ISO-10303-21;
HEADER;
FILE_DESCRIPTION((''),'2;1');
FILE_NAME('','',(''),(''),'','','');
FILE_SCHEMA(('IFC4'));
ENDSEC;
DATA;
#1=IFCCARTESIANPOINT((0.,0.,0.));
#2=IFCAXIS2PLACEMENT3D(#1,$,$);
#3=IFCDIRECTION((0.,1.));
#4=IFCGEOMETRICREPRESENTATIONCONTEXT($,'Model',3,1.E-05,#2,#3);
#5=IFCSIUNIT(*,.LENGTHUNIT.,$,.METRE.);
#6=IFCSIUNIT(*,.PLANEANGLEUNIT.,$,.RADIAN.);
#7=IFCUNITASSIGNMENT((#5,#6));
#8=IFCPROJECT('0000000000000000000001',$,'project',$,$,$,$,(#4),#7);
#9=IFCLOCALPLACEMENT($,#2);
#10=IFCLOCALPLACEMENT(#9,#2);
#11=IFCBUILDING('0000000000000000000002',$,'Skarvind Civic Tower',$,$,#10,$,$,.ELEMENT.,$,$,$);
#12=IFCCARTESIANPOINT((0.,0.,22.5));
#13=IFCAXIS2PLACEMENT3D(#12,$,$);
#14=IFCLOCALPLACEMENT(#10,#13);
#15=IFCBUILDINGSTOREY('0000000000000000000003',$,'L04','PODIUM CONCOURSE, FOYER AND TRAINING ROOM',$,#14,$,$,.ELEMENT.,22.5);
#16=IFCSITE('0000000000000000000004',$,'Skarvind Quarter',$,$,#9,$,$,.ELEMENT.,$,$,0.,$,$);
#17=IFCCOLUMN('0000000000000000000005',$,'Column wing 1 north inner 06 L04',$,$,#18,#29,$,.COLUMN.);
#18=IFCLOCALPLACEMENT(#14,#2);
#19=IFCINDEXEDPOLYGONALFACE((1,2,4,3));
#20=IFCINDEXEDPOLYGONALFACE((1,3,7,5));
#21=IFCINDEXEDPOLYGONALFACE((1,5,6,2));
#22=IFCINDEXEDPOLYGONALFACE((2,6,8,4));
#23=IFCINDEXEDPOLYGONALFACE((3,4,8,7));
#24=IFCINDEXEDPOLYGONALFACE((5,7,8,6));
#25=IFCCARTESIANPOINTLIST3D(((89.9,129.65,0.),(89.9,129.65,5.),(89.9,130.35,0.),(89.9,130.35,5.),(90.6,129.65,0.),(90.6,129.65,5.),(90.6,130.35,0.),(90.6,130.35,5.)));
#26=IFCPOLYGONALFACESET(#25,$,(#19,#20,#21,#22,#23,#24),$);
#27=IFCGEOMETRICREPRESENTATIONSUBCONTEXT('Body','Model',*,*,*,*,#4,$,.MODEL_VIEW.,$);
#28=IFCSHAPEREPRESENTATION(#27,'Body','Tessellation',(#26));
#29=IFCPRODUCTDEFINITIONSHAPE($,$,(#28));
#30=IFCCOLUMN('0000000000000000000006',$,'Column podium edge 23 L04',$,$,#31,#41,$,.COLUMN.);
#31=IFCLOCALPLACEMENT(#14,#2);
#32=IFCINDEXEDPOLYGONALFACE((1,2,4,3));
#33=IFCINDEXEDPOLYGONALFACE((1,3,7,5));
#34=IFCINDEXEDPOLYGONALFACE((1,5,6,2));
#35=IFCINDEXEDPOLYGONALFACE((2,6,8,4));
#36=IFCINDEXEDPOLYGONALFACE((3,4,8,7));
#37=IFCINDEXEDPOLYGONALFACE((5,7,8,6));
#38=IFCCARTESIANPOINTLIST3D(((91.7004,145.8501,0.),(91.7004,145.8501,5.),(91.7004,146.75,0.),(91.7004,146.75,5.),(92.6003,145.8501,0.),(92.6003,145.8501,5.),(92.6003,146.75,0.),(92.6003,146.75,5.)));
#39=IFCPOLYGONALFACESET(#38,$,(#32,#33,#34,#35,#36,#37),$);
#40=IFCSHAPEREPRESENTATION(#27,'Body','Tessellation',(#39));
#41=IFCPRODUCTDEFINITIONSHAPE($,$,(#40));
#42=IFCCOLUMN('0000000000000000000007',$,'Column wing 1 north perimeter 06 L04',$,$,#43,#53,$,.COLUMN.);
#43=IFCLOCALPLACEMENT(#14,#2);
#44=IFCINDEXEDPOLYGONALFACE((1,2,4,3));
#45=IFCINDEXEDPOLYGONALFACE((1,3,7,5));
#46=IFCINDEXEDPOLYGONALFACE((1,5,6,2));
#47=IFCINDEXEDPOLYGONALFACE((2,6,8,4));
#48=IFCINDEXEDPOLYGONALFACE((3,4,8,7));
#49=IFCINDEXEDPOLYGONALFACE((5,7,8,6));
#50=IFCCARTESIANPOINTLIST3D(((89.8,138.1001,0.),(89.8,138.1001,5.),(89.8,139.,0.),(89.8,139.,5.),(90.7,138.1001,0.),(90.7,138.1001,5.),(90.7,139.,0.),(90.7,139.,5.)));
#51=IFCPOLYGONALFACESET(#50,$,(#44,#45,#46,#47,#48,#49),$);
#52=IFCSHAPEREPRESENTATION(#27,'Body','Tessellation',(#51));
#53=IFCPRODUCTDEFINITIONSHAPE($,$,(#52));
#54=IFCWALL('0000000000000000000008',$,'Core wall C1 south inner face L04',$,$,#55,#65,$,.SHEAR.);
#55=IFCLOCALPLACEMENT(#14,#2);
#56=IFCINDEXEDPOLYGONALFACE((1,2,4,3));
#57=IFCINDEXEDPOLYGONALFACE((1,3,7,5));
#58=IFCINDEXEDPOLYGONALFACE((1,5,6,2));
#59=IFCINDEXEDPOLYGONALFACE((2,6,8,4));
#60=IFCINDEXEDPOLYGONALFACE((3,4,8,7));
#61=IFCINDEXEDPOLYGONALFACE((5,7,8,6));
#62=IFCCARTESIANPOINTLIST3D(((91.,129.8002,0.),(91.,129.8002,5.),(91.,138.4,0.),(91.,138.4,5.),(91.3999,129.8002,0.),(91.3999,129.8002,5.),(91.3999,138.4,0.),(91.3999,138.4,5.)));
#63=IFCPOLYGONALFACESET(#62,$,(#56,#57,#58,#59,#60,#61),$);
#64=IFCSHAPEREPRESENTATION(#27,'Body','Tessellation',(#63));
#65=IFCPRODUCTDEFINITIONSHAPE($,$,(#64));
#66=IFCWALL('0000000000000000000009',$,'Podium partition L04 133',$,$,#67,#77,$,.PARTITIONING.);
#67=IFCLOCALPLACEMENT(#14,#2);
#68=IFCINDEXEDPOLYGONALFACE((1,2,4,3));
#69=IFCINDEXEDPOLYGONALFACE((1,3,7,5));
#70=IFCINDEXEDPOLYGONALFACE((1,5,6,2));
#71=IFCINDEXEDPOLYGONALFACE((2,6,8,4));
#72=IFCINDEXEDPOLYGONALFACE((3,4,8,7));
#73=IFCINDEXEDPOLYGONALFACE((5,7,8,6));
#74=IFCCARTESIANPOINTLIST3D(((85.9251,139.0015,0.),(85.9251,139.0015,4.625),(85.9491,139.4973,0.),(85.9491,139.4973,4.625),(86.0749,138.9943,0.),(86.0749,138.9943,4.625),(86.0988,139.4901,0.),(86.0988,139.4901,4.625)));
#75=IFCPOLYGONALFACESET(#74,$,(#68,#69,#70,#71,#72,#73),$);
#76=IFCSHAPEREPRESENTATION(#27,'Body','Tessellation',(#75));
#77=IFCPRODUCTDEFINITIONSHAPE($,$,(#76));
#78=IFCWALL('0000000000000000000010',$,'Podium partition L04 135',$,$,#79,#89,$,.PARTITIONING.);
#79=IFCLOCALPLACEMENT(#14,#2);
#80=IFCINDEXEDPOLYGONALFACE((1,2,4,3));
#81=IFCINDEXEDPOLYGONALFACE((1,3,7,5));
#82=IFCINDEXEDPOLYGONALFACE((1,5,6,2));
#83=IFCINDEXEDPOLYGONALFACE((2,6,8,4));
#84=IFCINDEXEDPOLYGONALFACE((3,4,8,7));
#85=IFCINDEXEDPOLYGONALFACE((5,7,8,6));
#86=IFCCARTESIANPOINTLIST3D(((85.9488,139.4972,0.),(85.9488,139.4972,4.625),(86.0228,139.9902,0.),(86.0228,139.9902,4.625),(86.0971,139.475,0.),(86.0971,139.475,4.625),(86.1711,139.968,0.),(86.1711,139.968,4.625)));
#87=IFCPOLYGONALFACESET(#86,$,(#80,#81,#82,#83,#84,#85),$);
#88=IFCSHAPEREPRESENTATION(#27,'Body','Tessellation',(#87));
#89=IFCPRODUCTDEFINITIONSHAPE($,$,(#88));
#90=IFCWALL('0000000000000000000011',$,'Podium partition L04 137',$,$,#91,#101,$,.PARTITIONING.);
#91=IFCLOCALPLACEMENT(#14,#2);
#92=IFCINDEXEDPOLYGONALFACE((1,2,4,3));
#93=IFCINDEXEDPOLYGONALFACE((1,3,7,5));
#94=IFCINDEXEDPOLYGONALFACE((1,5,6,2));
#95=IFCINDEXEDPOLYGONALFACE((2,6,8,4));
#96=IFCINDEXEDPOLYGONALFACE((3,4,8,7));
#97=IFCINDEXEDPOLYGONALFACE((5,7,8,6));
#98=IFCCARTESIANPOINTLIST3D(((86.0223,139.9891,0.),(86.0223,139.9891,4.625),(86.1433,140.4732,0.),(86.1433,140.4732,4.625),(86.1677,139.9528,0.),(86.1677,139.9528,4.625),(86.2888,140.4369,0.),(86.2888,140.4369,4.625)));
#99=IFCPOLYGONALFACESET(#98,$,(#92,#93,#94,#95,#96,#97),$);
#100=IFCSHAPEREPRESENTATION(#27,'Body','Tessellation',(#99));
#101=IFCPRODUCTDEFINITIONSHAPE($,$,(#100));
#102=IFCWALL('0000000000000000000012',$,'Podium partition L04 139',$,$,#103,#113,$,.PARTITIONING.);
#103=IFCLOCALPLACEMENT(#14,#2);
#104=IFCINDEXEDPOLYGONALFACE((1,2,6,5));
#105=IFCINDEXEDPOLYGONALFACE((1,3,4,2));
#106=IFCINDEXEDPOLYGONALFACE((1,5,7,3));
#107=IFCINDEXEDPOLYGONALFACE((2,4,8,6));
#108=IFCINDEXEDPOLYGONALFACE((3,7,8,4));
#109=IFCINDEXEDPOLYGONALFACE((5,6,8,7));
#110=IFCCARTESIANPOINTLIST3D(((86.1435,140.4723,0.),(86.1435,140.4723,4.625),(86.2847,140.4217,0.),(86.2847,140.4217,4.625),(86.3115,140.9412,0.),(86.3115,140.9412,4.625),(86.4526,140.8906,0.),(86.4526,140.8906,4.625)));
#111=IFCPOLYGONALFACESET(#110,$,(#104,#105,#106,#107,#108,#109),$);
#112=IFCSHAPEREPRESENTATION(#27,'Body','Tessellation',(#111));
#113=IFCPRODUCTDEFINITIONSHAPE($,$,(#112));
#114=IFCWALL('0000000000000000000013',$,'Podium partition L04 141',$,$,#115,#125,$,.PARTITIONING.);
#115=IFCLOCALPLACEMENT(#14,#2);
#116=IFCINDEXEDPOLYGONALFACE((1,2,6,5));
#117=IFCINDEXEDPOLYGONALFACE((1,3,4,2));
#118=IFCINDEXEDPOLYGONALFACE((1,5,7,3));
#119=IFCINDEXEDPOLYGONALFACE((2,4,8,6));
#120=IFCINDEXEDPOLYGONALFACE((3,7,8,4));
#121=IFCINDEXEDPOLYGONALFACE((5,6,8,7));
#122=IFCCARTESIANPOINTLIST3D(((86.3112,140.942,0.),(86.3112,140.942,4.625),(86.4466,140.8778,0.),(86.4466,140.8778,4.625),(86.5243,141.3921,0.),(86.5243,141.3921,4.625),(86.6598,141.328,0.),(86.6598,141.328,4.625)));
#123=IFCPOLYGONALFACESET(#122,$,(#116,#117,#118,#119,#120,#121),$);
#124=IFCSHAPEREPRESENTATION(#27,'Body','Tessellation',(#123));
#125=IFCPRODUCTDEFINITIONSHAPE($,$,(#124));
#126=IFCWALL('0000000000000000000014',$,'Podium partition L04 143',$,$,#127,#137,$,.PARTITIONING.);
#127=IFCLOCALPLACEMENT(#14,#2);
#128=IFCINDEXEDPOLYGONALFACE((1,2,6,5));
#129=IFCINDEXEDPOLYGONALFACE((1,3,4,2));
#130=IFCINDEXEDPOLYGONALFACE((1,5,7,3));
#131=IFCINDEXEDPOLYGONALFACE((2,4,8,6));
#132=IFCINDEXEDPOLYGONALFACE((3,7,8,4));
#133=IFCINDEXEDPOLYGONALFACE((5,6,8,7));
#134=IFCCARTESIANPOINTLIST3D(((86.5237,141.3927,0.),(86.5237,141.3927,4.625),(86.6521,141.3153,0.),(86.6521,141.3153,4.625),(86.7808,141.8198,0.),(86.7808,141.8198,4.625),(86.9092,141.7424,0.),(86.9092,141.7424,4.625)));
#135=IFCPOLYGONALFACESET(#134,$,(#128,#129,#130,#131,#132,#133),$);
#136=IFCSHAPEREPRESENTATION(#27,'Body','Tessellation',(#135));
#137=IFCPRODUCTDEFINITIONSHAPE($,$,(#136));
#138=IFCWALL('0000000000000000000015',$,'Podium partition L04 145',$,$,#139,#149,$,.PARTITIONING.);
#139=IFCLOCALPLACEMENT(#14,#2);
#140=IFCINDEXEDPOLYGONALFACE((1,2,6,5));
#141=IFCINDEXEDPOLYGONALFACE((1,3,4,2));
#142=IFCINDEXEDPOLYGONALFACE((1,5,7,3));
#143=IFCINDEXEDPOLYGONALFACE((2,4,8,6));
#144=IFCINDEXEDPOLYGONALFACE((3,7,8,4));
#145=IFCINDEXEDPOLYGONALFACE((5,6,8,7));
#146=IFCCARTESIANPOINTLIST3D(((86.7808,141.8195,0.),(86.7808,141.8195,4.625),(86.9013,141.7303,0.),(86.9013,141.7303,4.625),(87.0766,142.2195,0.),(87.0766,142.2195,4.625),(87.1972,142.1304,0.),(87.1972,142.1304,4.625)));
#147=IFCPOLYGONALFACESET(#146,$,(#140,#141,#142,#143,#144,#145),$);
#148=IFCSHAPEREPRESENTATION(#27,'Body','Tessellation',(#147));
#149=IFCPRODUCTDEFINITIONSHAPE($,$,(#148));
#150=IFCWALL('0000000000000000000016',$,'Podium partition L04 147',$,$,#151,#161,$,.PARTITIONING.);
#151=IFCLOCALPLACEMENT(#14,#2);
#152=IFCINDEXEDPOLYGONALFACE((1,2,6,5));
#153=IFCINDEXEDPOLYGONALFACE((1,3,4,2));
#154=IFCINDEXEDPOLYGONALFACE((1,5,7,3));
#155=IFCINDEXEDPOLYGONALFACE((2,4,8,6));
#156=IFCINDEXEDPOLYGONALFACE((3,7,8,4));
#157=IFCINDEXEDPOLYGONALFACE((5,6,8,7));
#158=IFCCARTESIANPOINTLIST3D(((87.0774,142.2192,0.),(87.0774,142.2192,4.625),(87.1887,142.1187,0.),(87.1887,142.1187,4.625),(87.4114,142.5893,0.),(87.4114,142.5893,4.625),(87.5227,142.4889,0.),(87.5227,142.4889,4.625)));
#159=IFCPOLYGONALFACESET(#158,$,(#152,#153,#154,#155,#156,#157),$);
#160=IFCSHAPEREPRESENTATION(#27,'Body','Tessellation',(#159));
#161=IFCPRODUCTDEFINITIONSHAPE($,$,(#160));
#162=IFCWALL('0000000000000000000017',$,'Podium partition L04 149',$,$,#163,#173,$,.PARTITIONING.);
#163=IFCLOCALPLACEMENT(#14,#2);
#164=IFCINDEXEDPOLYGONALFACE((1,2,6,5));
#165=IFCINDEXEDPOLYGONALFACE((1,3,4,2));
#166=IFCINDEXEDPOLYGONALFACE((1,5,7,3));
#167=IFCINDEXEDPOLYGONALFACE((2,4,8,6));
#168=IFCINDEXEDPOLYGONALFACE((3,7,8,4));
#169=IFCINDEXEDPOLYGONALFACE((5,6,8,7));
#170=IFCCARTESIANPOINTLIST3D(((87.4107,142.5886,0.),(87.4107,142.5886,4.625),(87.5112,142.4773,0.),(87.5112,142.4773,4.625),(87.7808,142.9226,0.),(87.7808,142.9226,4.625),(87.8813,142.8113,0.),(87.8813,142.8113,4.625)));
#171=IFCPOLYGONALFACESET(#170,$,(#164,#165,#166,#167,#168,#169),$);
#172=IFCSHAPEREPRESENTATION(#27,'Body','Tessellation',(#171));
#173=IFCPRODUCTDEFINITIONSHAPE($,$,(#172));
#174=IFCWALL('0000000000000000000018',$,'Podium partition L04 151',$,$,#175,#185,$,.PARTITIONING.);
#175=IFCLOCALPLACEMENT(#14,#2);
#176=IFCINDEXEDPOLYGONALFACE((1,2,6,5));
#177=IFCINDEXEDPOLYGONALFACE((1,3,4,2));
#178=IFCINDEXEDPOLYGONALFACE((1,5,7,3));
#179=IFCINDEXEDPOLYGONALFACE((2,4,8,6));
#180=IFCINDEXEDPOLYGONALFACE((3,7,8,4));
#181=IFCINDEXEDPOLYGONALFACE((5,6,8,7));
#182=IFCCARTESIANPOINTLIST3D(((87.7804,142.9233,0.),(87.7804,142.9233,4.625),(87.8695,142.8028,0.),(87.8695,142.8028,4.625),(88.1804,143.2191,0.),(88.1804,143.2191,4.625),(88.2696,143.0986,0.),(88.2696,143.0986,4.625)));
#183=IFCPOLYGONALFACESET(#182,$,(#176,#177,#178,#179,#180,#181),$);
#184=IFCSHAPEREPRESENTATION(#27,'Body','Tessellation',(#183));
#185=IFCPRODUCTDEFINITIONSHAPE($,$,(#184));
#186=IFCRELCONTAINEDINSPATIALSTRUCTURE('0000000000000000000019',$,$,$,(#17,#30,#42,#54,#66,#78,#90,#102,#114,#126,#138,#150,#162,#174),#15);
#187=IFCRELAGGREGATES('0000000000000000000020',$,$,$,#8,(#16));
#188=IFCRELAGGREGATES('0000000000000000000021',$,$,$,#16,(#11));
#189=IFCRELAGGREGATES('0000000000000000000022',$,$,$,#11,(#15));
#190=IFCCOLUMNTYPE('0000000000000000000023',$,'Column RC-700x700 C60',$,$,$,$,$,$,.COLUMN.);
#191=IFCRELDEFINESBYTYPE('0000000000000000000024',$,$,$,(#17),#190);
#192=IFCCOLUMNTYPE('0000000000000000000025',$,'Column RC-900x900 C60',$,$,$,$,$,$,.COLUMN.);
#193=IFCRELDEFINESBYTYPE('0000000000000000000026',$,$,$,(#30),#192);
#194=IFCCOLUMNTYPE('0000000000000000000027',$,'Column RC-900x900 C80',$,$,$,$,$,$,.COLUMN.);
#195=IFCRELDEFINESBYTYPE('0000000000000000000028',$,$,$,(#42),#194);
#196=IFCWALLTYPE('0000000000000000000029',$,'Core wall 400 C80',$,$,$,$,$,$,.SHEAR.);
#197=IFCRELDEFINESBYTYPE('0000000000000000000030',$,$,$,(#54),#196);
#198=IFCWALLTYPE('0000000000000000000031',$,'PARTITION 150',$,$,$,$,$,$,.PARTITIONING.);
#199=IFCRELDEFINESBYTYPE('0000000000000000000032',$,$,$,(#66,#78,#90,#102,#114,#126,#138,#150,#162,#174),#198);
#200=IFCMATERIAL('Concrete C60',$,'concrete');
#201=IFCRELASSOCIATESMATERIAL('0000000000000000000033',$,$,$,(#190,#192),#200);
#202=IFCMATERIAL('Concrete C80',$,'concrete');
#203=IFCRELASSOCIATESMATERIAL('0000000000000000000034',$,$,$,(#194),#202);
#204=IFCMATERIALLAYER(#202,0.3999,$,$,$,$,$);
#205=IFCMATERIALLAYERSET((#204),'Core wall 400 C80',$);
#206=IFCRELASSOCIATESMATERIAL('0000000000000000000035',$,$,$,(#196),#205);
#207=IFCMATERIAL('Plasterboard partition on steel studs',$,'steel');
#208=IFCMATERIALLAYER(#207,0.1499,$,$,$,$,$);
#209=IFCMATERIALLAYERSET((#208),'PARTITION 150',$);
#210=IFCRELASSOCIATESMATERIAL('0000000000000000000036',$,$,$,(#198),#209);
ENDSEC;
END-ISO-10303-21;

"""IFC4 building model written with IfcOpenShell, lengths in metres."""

from ifc_helpers import new_model, si_unit, direction, frame, frame_2d, origin, origin_2d, place, context, subcontext, project, spatial, rectangle, extrude, material, layer, layer_set, material_profile, profile_set, type_object, element, save


model = new_model("IFC4")

# Units and contexts
model_context = context("Model", 3, precision=1e-05, world=origin(), true_north=direction((0.0, 1.0)))
body_context = subcontext(model_context, "Body", "Model", "MODEL_VIEW")
ifc_project = project(units=[si_unit("LENGTHUNIT", "METRE"), si_unit("PLANEANGLEUNIT", "RADIAN")], contexts=[model_context])

# Site, building, storey
site_placement = place(None, origin())
site = spatial("IfcSite", under=ifc_project, at=site_placement, Name="Skarvind Quarter", CompositionType="ELEMENT", RefElevation=0.0)
building_placement = place(site_placement, origin())
building = spatial("IfcBuilding", under=site, at=building_placement, Name="Skarvind Civic Tower", CompositionType="ELEMENT")
storey_placement = place(building_placement, frame((0.0, 0.0, 22.5)))
storey = spatial("IfcBuildingStorey", under=building, at=storey_placement, Name="L04", Description="PODIUM CONCOURSE, FOYER AND TRAINING ROOM", CompositionType="ELEMENT", Elevation=22.5)

# Columns
ifc_material_1 = material(Name="Concrete C60", Category="concrete")
ifc_material_profile_1 = material_profile(ifc_material_1, rectangle(XDim=0.7, YDim=0.7, at=origin_2d()), Name="RC-700x700")
ifc_profile_set_1 = profile_set([ifc_material_profile_1], Name="Concrete C60")
column_type_1 = type_object("IfcColumnType", Name="Column RC-700x700 C60", PredefinedType="COLUMN", material=ifc_profile_set_1)
column_1_placement = place(storey_placement, frame((90.25, 130.0, 0.0), z_axis=(0.0, 0.0, 1.0), x_axis=(1.0, 0.0, 0.0)))
element("IfcColumn", 1, at=column_1_placement, inside=storey, type_object=column_type_1, Name="Column wing 1 north inner 06 L04", PredefinedType="COLUMN", context=body_context, shape_type="SweptSolid", body=[
    extrude(rectangle(XDim=0.7, YDim=0.7, at=origin_2d()), origin(), (0.0, 0.0, 1.0), 5.0),
])
ifc_material_profile_2 = material_profile(ifc_material_1, rectangle(XDim=0.8999, YDim=0.8999, at=origin_2d()), Name="RC-900x900")
ifc_profile_set_2 = profile_set([ifc_material_profile_2], Name="Concrete C60")
column_type_2 = type_object("IfcColumnType", Name="Column RC-900x900 C60", PredefinedType="COLUMN", material=ifc_profile_set_2)
column_2_placement = place(storey_placement, frame((92.1504, 146.3, 0.0), z_axis=(0.0, 0.0, 1.0), x_axis=(1.0, 0.0, 0.0)))
element("IfcColumn", 2, at=column_2_placement, inside=storey, type_object=column_type_2, Name="Column podium edge 23 L04", PredefinedType="COLUMN", context=body_context, shape_type="SweptSolid", body=[
    extrude(rectangle(XDim=0.8999, YDim=0.8999, at=origin_2d()), origin(), (0.0, 0.0, 1.0), 5.0),
])
ifc_material_2 = material(Name="Concrete C80", Category="concrete")
ifc_material_profile_3 = material_profile(ifc_material_2, rectangle(XDim=0.8999, YDim=0.8999, at=origin_2d()), Name="RC-900x900")
ifc_profile_set_3 = profile_set([ifc_material_profile_3], Name="Concrete C80")
column_type_3 = type_object("IfcColumnType", Name="Column RC-900x900 C80", PredefinedType="COLUMN", material=ifc_profile_set_3)
column_3_placement = place(storey_placement, frame((90.25, 138.55, 0.0), z_axis=(0.0, 0.0, 1.0), x_axis=(1.0, 0.0, 0.0)))
element("IfcColumn", 3, at=column_3_placement, inside=storey, type_object=column_type_3, Name="Column wing 1 north perimeter 06 L04", PredefinedType="COLUMN", context=body_context, shape_type="SweptSolid", body=[
    extrude(rectangle(XDim=0.8999, YDim=0.8999, at=origin_2d()), origin(), (0.0, 0.0, 1.0), 5.0),
])

# Walls
ifc_layer_1 = layer(ifc_material_2, 0.3999)
ifc_layer_set_1 = layer_set([ifc_layer_1], Name="Core wall 400 C80")
wall_type_1 = type_object("IfcWallType", Name="Core wall 400 C80", PredefinedType="SHEAR", material=ifc_layer_set_1)
wall_1_placement = place(storey_placement, frame((91.2, 138.3999, 0.0), z_axis=(0.0, 0.0, 1.0), x_axis=(0.0, -1.0, 0.0)))
element("IfcWall", 4, at=wall_1_placement, inside=storey, type_object=wall_type_1, Name="Core wall C1 south inner face L04", PredefinedType="SHEAR", context=body_context, shape_type="SweptSolid", body=[
    extrude(rectangle(XDim=8.5999, YDim=0.3999, at=frame_2d((4.2998, 0.0))), origin(), (0.0, 0.0, 1.0), 5.0),
])
ifc_material_3 = material(Name="Plasterboard partition on steel studs", Category="steel")
ifc_layer_2 = layer(ifc_material_3, 0.1499)
ifc_layer_set_2 = layer_set([ifc_layer_2], Name="PARTITION 150")
wall_type_2 = type_object("IfcWallType", Name="PARTITION 150", PredefinedType="PARTITIONING", material=ifc_layer_set_2)
wall_2_placement = place(storey_placement, frame((86.0, 138.998, 0.0), z_axis=(0.0, 0.0, 1.0), x_axis=(0.048196, 0.998838, 0.0)))
element("IfcWall", 5, at=wall_2_placement, inside=storey, type_object=wall_type_2, Name="Podium partition L04 133", PredefinedType="PARTITIONING", context=body_context, shape_type="SweptSolid", body=[
    extrude(rectangle(XDim=0.4963, YDim=0.1499, at=frame_2d((0.248, 0.0))), origin(), (0.0, 0.0, 1.0), 4.625),
])
wall_3_placement = place(storey_placement, frame((86.0229, 139.4861, 0.0), z_axis=(0.0, 0.0, 1.0), x_axis=(0.148412, 0.988926, 0.0)))
element("IfcWall", 6, at=wall_3_placement, inside=storey, type_object=wall_type_2, Name="Podium partition L04 135", PredefinedType="PARTITIONING", context=body_context, shape_type="SweptSolid", body=[
    extrude(rectangle(XDim=0.4985, YDim=0.1499, at=frame_2d((0.2493, 0.0))), origin(), (0.0, 0.0, 1.0), 4.625),
])
wall_4_placement = place(storey_placement, frame((86.095, 139.9709, 0.0), z_axis=(0.0, 0.0, 1.0), x_axis=(0.242651, 0.970114, 0.0)))
element("IfcWall", 7, at=wall_4_placement, inside=storey, type_object=wall_type_2, Name="Podium partition L04 137", PredefinedType="PARTITIONING", context=body_context, shape_type="SweptSolid", body=[
    extrude(rectangle(XDim=0.499, YDim=0.1499, at=frame_2d((0.2495, 0.0))), origin(), (0.0, 0.0, 1.0), 4.625),
])
for number, where, z_axis, x_axis, name in (
    (8, (86.2141, 140.447, 0.0), (0.0, 0.0, 1.0), (0.337174, 0.941442, 0.0), "Podium partition L04 139"),
    (9, (86.3789, 140.9099, 0.0), (0.0, 0.0, 1.0), (0.427897, 0.903828, 0.0), "Podium partition L04 141"),
):
    element("IfcWall", number, at=place(storey_placement, frame(where, z_axis=z_axis, x_axis=x_axis)), inside=storey, type_object=wall_type_2, Name=name, PredefinedType="PARTITIONING", context=body_context, shape_type="SweptSolid", body=[
        extrude(rectangle(XDim=0.498, YDim=0.1499, at=frame_2d((0.249, 0.0))), origin(), (0.0, 0.0, 1.0), 4.625),
    ])
wall_5_placement = place(storey_placement, frame((86.5879, 141.354, 0.0), z_axis=(0.0, 0.0, 1.0), x_axis=(0.515792, 0.856714, 0.0)))
element("IfcWall", 10, at=wall_5_placement, inside=storey, type_object=wall_type_2, Name="Podium partition L04 143", PredefinedType="PARTITIONING", context=body_context, shape_type="SweptSolid", body=[
    extrude(rectangle(XDim=0.4985, YDim=0.1499, at=frame_2d((0.2493, 0.0))), origin(), (0.0, 0.0, 1.0), 4.625),
])
wall_6_placement = place(storey_placement, frame((86.8411, 141.7749, 0.0), z_axis=(0.0, 0.0, 1.0), x_axis=(0.59457, 0.804044, 0.0)))
element("IfcWall", 11, at=wall_6_placement, inside=storey, type_object=wall_type_2, Name="Podium partition L04 145", PredefinedType="PARTITIONING", context=body_context, shape_type="SweptSolid", body=[
    extrude(rectangle(XDim=0.4976, YDim=0.1499, at=frame_2d((0.2488, 0.0))), origin(), (0.0, 0.0, 1.0), 4.625),
])
for number, where, z_axis, x_axis, name in (
    (12, (87.1331, 142.1689, 0.0), (0.0, 0.0, 1.0), (0.669938, 0.742417, 0.0), "Podium partition L04 147"),
    (13, (87.4609, 142.533, 0.0), (0.0, 0.0, 1.0), (0.742417, 0.669938, 0.0), "Podium partition L04 149"),
):
    element("IfcWall", number, at=place(storey_placement, frame(where, z_axis=z_axis, x_axis=x_axis)), inside=storey, type_object=wall_type_2, Name=name, PredefinedType="PARTITIONING", context=body_context, shape_type="SweptSolid", body=[
        extrude(rectangle(XDim=0.4985, YDim=0.1499, at=frame_2d((0.2493, 0.0))), origin(), (0.0, 0.0, 1.0), 4.625),
    ])
wall_7_placement = place(storey_placement, frame((87.825, 142.863, 0.0), z_axis=(0.0, 0.0, 1.0), x_axis=(0.804044, 0.59457, 0.0)))
element("IfcWall", 14, at=wall_7_placement, inside=storey, type_object=wall_type_2, Name="Podium partition L04 151", PredefinedType="PARTITIONING", context=body_context, shape_type="SweptSolid", body=[
    extrude(rectangle(XDim=0.4976, YDim=0.1499, at=frame_2d((0.2488, 0.0))), origin(), (0.0, 0.0, 1.0), 4.625),
])

save(model, "model.ifc")
